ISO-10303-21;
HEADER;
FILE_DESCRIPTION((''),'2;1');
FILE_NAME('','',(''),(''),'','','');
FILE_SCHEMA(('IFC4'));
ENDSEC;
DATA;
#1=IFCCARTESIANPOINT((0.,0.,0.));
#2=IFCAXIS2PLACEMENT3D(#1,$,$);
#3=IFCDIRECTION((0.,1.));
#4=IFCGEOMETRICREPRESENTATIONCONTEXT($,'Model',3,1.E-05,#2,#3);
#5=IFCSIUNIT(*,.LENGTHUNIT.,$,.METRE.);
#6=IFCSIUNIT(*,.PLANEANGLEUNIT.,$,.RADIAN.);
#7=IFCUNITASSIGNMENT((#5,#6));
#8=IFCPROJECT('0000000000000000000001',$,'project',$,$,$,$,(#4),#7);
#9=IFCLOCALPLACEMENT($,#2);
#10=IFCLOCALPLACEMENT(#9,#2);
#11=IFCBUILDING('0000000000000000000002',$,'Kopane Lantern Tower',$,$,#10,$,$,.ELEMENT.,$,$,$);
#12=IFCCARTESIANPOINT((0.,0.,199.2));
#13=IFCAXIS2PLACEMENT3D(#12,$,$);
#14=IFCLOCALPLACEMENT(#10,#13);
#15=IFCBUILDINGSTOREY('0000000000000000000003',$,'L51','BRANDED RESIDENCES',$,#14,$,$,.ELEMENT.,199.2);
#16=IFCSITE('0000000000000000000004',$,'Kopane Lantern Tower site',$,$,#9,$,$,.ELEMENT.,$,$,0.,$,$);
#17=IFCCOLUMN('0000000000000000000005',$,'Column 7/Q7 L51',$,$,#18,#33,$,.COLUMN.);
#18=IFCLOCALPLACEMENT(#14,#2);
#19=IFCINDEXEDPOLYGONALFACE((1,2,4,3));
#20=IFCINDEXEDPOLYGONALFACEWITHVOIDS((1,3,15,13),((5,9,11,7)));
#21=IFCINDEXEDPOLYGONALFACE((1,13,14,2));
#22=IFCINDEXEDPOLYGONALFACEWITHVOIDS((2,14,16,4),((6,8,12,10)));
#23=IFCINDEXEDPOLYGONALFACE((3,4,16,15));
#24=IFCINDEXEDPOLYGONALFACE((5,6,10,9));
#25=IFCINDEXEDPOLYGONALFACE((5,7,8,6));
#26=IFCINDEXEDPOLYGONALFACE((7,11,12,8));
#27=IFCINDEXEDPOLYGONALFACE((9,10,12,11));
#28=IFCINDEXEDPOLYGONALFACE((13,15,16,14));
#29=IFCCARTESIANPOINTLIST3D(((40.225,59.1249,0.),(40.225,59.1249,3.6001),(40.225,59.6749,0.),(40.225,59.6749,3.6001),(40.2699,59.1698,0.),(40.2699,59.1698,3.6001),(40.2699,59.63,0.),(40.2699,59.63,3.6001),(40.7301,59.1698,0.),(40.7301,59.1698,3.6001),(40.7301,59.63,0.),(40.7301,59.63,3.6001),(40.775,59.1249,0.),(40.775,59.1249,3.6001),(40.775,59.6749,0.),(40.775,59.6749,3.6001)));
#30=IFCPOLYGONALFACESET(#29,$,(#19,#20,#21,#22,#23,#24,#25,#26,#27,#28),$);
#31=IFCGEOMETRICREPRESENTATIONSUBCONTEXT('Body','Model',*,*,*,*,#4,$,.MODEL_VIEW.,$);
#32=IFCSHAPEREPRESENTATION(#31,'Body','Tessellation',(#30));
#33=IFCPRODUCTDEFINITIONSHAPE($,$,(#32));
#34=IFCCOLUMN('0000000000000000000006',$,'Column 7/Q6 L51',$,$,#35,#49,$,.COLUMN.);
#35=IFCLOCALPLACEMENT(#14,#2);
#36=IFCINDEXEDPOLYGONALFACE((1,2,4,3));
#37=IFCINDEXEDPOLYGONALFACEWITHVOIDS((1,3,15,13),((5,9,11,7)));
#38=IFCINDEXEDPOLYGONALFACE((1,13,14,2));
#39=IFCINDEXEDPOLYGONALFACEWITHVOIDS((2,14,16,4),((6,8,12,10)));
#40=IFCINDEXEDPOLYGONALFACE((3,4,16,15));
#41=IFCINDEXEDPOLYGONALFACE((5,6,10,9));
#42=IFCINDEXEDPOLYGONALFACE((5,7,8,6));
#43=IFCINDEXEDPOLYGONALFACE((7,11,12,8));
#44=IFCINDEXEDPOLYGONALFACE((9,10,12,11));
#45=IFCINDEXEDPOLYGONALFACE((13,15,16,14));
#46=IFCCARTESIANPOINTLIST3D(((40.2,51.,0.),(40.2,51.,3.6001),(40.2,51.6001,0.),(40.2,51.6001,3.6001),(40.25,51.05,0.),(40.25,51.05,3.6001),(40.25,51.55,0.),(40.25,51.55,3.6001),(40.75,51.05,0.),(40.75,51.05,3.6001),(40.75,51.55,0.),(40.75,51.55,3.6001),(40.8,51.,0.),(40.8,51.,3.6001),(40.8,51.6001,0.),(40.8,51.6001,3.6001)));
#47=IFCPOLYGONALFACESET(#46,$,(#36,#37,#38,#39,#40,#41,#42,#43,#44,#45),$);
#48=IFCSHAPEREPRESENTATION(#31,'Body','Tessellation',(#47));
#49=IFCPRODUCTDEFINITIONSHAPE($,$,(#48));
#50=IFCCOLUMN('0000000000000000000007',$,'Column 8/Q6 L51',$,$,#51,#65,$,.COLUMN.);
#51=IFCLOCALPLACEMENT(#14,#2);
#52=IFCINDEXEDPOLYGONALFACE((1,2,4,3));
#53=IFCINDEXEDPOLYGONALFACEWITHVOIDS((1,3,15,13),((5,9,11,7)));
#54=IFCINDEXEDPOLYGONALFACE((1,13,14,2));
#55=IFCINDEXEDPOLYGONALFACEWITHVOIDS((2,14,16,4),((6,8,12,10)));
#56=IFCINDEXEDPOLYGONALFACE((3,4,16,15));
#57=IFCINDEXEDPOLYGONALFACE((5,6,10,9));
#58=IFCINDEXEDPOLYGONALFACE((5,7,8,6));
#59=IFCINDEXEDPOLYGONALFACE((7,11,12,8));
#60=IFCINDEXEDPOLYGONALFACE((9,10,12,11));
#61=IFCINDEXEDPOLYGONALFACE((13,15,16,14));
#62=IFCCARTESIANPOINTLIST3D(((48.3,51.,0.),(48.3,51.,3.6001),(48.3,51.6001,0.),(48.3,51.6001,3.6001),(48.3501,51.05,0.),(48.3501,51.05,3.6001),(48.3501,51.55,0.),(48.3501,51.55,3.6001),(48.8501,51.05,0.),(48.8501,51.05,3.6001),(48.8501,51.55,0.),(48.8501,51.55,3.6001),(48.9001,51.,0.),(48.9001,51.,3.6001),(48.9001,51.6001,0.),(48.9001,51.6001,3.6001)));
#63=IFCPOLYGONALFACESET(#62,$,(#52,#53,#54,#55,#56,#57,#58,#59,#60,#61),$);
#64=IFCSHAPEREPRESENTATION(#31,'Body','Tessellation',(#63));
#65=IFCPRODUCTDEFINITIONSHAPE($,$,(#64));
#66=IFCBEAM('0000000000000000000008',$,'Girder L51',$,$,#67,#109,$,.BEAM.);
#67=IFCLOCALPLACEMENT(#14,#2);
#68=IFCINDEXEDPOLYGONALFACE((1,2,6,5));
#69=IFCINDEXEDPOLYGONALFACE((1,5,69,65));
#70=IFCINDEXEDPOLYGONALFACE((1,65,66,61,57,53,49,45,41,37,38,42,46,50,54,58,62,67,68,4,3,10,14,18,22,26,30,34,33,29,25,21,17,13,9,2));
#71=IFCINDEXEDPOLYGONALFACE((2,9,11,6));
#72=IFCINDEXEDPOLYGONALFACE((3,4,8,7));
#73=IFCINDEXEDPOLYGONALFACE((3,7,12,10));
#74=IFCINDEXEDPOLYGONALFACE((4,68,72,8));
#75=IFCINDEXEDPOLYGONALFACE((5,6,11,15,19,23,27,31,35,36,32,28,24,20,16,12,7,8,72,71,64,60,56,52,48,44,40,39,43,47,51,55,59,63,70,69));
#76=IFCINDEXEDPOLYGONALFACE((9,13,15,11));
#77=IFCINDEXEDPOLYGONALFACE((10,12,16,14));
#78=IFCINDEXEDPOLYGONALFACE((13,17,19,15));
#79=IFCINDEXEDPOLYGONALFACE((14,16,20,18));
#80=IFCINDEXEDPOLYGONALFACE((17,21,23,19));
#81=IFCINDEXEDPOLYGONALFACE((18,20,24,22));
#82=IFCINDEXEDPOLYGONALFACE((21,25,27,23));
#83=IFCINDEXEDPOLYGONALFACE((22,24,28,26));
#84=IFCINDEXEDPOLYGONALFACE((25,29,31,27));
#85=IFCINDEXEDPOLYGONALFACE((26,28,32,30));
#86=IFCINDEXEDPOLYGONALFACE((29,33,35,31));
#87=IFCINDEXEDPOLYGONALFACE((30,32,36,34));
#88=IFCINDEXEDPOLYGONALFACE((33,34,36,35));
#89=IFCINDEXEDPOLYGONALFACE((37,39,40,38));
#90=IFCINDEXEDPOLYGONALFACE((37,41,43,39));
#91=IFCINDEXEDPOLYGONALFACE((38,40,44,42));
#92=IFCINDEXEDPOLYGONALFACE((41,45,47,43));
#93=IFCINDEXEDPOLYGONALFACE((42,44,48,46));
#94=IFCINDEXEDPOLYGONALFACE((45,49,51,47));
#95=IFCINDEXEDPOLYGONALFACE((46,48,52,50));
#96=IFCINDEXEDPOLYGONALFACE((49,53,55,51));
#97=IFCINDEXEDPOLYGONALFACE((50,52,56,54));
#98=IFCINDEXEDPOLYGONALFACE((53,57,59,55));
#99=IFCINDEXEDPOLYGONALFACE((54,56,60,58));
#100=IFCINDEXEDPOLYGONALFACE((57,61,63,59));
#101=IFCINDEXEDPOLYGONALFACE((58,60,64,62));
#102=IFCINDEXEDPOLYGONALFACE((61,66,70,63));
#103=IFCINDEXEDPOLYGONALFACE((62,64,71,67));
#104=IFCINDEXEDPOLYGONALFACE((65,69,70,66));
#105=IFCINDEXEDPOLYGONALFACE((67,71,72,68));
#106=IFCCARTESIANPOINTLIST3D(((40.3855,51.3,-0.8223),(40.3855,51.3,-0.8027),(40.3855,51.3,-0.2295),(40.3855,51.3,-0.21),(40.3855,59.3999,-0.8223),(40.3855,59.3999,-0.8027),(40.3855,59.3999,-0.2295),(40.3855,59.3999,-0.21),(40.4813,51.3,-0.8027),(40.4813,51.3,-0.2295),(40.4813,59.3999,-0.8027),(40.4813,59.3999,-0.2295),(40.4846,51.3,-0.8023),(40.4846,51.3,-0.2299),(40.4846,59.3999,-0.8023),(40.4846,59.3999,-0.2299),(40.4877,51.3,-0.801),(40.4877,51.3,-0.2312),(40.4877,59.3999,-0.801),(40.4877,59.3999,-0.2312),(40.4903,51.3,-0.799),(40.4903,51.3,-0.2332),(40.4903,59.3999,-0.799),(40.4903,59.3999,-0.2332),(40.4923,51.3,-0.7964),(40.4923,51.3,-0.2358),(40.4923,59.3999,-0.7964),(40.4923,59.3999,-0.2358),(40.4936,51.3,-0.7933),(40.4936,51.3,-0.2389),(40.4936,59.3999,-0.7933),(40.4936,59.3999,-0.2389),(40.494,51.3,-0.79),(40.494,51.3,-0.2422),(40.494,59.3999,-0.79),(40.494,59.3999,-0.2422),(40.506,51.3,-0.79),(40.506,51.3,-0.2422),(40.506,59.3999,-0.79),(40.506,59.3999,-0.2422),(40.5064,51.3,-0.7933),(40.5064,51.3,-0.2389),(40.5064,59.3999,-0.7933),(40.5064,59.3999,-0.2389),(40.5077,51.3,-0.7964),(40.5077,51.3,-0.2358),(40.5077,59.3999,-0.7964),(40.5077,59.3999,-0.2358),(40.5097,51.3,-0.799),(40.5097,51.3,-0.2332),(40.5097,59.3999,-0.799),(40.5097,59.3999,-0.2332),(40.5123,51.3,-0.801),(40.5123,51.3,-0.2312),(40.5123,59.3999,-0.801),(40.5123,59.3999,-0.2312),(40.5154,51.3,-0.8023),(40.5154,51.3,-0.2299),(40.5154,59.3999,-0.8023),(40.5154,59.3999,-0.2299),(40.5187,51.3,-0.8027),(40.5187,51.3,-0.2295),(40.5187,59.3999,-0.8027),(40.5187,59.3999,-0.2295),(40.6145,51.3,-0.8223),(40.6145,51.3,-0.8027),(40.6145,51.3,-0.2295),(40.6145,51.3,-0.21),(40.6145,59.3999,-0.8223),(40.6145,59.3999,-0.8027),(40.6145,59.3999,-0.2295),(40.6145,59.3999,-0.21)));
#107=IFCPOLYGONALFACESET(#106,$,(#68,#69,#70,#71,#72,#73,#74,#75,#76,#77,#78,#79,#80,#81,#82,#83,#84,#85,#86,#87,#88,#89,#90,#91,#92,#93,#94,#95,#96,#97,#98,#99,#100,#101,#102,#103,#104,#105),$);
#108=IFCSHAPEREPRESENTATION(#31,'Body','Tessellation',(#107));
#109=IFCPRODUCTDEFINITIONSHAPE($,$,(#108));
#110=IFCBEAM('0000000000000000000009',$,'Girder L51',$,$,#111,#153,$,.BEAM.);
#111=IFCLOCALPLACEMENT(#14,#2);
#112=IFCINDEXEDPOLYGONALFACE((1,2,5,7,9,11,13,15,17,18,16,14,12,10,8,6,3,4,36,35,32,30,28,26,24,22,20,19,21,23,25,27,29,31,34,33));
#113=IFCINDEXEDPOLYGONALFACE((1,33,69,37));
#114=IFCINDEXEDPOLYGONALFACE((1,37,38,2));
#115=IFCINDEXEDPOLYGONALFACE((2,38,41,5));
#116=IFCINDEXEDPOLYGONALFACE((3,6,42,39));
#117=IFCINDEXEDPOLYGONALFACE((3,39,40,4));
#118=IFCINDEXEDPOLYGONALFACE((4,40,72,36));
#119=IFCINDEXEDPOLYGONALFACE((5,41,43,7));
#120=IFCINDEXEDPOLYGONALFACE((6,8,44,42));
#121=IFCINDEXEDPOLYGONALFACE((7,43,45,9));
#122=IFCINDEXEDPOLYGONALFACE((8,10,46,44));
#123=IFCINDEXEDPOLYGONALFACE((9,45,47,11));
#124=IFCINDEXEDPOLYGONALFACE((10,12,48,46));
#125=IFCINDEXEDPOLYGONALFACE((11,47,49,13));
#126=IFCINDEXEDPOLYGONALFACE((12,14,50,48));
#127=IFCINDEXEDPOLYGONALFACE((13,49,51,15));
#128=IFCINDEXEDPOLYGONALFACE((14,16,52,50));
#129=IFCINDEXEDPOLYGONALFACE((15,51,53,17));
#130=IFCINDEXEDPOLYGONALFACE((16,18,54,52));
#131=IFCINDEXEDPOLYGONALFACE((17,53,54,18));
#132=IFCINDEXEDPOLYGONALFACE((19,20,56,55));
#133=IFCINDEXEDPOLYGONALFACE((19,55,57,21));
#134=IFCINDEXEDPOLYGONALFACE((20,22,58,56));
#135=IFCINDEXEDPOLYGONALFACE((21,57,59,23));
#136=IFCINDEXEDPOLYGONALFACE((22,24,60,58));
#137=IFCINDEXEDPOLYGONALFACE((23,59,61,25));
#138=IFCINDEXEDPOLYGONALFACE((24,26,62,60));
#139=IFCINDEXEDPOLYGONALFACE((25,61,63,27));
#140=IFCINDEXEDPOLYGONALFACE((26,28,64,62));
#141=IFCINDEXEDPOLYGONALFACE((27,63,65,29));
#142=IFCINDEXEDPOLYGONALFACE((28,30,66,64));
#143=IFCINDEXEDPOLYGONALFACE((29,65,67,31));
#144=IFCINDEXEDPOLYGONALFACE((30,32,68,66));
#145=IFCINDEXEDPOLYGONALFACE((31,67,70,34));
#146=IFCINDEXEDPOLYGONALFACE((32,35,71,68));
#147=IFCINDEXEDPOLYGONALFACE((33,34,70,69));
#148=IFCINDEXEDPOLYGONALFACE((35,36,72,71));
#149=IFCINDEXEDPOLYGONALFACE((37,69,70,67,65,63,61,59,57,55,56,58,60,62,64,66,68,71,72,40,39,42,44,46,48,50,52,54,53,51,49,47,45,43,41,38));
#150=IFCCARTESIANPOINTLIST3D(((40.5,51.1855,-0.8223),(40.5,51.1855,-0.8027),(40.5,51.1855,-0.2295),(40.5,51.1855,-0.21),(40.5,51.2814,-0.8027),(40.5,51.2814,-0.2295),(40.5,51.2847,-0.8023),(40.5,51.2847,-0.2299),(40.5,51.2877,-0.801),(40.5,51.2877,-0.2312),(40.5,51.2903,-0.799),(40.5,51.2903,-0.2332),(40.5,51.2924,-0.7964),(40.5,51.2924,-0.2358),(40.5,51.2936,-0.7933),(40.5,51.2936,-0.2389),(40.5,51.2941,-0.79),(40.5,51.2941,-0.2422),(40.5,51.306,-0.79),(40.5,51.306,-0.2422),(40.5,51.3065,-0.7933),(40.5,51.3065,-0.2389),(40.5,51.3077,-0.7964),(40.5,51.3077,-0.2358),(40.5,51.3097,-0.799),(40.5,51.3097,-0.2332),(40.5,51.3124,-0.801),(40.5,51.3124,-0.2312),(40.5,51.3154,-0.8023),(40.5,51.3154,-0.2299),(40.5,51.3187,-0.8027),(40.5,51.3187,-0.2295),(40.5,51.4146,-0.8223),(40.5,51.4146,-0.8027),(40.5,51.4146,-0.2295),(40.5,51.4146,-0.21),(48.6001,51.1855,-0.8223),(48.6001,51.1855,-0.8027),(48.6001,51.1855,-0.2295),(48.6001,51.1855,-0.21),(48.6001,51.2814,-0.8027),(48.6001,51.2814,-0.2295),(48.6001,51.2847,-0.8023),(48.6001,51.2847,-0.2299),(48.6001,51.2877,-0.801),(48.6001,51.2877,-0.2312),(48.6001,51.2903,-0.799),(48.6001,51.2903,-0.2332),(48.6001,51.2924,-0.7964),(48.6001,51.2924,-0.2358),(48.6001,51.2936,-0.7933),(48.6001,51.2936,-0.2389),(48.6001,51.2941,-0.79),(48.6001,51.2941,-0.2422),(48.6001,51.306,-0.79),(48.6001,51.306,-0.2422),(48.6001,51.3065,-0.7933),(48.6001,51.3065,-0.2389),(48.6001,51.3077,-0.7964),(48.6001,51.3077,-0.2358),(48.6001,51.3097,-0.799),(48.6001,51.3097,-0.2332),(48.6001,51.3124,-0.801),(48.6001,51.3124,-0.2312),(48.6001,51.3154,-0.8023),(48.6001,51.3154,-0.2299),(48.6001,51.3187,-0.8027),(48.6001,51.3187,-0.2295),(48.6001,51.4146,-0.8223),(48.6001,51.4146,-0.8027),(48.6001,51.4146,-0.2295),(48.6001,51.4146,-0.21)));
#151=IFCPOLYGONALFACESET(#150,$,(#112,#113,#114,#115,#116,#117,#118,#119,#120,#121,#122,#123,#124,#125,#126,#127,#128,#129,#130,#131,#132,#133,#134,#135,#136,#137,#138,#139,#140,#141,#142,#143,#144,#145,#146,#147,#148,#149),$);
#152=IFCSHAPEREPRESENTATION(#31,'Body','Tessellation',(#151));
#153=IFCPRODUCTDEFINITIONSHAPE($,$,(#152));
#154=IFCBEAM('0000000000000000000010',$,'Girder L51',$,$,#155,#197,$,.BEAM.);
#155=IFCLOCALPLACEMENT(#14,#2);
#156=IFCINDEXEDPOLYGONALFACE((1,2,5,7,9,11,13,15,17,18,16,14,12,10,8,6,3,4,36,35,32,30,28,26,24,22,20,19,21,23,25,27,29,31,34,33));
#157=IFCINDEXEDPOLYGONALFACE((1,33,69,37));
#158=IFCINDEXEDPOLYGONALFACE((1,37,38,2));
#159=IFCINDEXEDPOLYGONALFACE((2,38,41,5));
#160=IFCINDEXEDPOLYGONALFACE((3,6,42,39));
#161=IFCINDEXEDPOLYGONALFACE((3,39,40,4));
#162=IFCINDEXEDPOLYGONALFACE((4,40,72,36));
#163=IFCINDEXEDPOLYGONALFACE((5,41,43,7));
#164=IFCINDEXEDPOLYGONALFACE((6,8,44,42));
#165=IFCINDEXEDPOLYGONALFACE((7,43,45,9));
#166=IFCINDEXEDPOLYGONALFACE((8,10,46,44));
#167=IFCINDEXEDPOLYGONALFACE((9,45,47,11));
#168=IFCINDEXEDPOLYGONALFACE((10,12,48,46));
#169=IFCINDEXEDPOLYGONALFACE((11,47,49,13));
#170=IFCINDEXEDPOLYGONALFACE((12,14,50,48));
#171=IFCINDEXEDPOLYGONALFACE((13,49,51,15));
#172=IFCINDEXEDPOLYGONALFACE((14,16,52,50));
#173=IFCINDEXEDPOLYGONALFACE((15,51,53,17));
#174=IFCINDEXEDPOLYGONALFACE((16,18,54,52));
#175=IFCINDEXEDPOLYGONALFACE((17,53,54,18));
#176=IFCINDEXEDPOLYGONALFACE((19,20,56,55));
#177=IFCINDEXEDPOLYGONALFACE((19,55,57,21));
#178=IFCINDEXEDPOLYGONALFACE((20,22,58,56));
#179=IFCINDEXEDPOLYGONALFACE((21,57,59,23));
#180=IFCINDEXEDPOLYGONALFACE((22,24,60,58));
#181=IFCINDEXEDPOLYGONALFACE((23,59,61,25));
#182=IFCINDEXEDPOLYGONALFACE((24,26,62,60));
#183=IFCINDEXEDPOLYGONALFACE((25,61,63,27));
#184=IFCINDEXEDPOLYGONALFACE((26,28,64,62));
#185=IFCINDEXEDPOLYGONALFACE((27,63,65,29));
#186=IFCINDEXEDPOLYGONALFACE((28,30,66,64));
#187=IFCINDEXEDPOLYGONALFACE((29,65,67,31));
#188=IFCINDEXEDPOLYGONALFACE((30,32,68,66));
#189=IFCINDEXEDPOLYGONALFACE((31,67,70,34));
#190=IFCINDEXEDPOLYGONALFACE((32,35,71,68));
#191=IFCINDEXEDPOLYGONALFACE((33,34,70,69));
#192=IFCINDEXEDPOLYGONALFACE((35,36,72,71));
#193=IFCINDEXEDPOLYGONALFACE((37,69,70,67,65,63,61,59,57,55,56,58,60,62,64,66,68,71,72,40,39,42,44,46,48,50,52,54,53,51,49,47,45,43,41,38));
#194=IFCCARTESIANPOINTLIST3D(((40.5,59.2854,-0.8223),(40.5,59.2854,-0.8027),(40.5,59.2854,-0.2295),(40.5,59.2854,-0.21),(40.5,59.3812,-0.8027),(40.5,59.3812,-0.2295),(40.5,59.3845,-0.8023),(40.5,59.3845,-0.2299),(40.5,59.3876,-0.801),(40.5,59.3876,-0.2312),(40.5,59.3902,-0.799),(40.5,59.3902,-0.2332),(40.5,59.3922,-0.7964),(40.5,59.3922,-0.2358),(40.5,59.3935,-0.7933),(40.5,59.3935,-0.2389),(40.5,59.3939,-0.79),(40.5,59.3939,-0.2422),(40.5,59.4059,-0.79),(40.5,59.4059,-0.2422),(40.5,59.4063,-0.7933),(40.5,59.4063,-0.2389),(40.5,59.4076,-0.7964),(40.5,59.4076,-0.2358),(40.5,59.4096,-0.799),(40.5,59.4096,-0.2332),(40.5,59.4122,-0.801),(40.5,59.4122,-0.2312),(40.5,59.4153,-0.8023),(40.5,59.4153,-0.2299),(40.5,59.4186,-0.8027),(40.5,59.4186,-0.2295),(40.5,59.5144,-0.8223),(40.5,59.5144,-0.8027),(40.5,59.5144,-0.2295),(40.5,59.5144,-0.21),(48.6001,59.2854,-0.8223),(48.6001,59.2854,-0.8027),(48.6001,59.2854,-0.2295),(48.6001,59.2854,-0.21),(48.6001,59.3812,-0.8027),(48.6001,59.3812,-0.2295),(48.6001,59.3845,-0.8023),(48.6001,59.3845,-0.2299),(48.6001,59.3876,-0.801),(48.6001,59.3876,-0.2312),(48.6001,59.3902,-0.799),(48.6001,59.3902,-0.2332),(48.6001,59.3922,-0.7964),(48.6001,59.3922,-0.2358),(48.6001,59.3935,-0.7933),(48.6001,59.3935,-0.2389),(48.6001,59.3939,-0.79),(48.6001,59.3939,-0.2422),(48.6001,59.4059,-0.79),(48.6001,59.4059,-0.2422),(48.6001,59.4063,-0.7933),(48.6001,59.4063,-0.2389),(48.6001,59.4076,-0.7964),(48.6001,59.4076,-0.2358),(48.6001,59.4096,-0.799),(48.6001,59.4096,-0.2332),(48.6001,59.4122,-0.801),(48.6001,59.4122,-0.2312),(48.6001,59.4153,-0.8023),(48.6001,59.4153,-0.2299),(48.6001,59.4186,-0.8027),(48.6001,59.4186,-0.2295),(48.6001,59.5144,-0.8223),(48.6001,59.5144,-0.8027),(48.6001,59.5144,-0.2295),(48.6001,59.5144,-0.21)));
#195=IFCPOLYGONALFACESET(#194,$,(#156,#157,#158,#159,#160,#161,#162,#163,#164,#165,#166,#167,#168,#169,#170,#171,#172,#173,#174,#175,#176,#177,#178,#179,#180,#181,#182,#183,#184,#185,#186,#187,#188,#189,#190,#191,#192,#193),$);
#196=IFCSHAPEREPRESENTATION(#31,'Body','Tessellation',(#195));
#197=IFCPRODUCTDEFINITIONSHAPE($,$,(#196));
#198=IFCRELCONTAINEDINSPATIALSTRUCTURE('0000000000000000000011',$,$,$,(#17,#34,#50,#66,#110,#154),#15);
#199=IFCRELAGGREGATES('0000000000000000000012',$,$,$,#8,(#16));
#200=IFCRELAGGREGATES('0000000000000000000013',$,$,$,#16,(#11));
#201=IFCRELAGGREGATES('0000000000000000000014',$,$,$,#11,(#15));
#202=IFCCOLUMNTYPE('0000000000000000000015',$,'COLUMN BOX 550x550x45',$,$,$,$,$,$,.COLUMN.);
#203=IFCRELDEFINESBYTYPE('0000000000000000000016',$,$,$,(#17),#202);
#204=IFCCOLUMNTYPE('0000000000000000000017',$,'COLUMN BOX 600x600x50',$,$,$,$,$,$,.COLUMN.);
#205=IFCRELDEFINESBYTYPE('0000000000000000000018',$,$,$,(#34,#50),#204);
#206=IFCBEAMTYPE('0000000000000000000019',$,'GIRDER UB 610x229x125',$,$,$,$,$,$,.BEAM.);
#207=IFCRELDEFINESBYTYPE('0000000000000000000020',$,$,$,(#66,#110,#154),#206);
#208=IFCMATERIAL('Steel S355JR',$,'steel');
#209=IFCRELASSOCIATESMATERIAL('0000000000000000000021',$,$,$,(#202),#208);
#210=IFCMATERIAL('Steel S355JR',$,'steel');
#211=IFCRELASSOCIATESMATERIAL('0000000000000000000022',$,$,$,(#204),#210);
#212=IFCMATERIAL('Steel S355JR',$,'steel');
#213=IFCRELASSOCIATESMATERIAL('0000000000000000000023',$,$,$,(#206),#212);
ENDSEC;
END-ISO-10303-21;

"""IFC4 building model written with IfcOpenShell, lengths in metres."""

from ifc_helpers import new_model, si_unit, direction, frame, origin, origin_2d, place, context, subcontext, project, spatial, hollow_rectangle, i_section, extrude, material, material_profile, profile_set, type_object, element, save


model = new_model("IFC4")

# Units and contexts
model_context = context("Model", 3, precision=1e-05, world=origin(), true_north=direction((0.0, 1.0)))
body_context = subcontext(model_context, "Body", "Model", "MODEL_VIEW")
ifc_project = project(units=[si_unit("LENGTHUNIT", "METRE"), si_unit("PLANEANGLEUNIT", "RADIAN")], contexts=[model_context])

# Site, building, storey
site_placement = place(None, origin())
site = spatial("IfcSite", under=ifc_project, at=site_placement, Name="Kopane Lantern Tower site", CompositionType="ELEMENT", RefElevation=0.0)
building_placement = place(site_placement, origin())
building = spatial("IfcBuilding", under=site, at=building_placement, Name="Kopane Lantern Tower", CompositionType="ELEMENT")
storey_placement = place(building_placement, frame((0.0, 0.0, 199.2)))
storey = spatial("IfcBuildingStorey", under=building, at=storey_placement, Name="L51", Description="BRANDED RESIDENCES", CompositionType="ELEMENT", Elevation=199.2)

# Columns
ifc_material_1 = material(Name="Steel S355JR", Category="steel")
ifc_material_profile_1 = material_profile(ifc_material_1, hollow_rectangle(XDim=0.55, YDim=0.55, WallThickness=0.0449, at=origin_2d()), Name="BOX 550x550x45")
ifc_profile_set_1 = profile_set([ifc_material_profile_1], Name="Steel S355JR")
column_type_1 = type_object("IfcColumnType", Name="COLUMN BOX 550x550x45", PredefinedType="COLUMN", material=ifc_profile_set_1)
column_placement = place(storey_placement, frame((40.5, 59.3999, 0.0), z_axis=(0.0, 0.0, 1.0), x_axis=(1.0, 0.0, 0.0)))
element("IfcColumn", 1, at=column_placement, inside=storey, type_object=column_type_1, Name="Column 7/Q7 L51", PredefinedType="COLUMN", context=body_context, shape_type="SweptSolid", body=[
    extrude(hollow_rectangle(XDim=0.55, YDim=0.55, WallThickness=0.0449, at=origin_2d()), origin(), (0.0, 0.0, 1.0), 3.6001),
])
ifc_material_2 = material(Name="Steel S355JR", Category="steel")
ifc_material_profile_2 = material_profile(ifc_material_2, hollow_rectangle(XDim=0.6001, YDim=0.6001, WallThickness=0.05, at=origin_2d()), Name="BOX 600x600x50")
ifc_profile_set_2 = profile_set([ifc_material_profile_2], Name="Steel S355JR")
column_type_2 = type_object("IfcColumnType", Name="COLUMN BOX 600x600x50", PredefinedType="COLUMN", material=ifc_profile_set_2)
for number, where, z_axis, x_axis, name in (
    (2, (40.5, 51.3, 0.0), (0.0, 0.0, 1.0), (1.0, 0.0, 0.0), "Column 7/Q6 L51"),
    (3, (48.6001, 51.3, 0.0), (0.0, 0.0, 1.0), (1.0, 0.0, 0.0), "Column 8/Q6 L51"),
):
    element("IfcColumn", number, at=place(storey_placement, frame(where, z_axis=z_axis, x_axis=x_axis)), inside=storey, type_object=column_type_2, Name=name, PredefinedType="COLUMN", context=body_context, shape_type="SweptSolid", body=[
        extrude(hollow_rectangle(XDim=0.6001, YDim=0.6001, WallThickness=0.05, at=origin_2d()), origin(), (0.0, 0.0, 1.0), 3.6001),
    ])

# Beams
ifc_material_3 = material(Name="Steel S355JR", Category="steel")
ifc_material_profile_3 = material_profile(ifc_material_3, i_section(OverallWidth=0.229, OverallDepth=0.6123, WebThickness=0.012, FlangeThickness=0.0195, FilletRadius=0.0127, at=origin_2d()), Name="UB 610x229x125")
ifc_profile_set_3 = profile_set([ifc_material_profile_3], Name="Steel S355JR")
beam_type = type_object("IfcBeamType", Name="GIRDER UB 610x229x125", PredefinedType="BEAM", material=ifc_profile_set_3)
beam_placement = place(storey_placement, frame((40.5, 51.3, -0.5161), z_axis=(0.0, 1.0, 0.0), x_axis=(-1.0, 0.0, 0.0)))
element("IfcBeam", 4, at=beam_placement, inside=storey, type_object=beam_type, Name="Girder L51", PredefinedType="BEAM", context=body_context, shape_type="SweptSolid", body=[
    extrude(i_section(OverallWidth=0.229, OverallDepth=0.6123, WebThickness=0.012, FlangeThickness=0.0195, FilletRadius=0.0127, at=origin_2d()), origin(), (0.0, 0.0, 1.0), 8.0999),
])
for number, where, z_axis, x_axis, name in (
    (5, (40.5, 51.3, -0.5161), (1.0, 0.0, 0.0), (0.0, 1.0, 0.0), "Girder L51"),
    (6, (40.5, 59.3999, -0.5161), (1.0, 0.0, 0.0), (0.0, 1.0, 0.0), "Girder L51"),
):
    element("IfcBeam", number, at=place(storey_placement, frame(where, z_axis=z_axis, x_axis=x_axis)), inside=storey, type_object=beam_type, Name=name, PredefinedType="BEAM", context=body_context, shape_type="SweptSolid", body=[
        extrude(i_section(OverallWidth=0.229, OverallDepth=0.6123, WebThickness=0.012, FlangeThickness=0.0195, FilletRadius=0.0127, at=origin_2d()), origin(), (0.0, 0.0, 1.0), 8.1001),
    ])

save(model, "model.ifc")
